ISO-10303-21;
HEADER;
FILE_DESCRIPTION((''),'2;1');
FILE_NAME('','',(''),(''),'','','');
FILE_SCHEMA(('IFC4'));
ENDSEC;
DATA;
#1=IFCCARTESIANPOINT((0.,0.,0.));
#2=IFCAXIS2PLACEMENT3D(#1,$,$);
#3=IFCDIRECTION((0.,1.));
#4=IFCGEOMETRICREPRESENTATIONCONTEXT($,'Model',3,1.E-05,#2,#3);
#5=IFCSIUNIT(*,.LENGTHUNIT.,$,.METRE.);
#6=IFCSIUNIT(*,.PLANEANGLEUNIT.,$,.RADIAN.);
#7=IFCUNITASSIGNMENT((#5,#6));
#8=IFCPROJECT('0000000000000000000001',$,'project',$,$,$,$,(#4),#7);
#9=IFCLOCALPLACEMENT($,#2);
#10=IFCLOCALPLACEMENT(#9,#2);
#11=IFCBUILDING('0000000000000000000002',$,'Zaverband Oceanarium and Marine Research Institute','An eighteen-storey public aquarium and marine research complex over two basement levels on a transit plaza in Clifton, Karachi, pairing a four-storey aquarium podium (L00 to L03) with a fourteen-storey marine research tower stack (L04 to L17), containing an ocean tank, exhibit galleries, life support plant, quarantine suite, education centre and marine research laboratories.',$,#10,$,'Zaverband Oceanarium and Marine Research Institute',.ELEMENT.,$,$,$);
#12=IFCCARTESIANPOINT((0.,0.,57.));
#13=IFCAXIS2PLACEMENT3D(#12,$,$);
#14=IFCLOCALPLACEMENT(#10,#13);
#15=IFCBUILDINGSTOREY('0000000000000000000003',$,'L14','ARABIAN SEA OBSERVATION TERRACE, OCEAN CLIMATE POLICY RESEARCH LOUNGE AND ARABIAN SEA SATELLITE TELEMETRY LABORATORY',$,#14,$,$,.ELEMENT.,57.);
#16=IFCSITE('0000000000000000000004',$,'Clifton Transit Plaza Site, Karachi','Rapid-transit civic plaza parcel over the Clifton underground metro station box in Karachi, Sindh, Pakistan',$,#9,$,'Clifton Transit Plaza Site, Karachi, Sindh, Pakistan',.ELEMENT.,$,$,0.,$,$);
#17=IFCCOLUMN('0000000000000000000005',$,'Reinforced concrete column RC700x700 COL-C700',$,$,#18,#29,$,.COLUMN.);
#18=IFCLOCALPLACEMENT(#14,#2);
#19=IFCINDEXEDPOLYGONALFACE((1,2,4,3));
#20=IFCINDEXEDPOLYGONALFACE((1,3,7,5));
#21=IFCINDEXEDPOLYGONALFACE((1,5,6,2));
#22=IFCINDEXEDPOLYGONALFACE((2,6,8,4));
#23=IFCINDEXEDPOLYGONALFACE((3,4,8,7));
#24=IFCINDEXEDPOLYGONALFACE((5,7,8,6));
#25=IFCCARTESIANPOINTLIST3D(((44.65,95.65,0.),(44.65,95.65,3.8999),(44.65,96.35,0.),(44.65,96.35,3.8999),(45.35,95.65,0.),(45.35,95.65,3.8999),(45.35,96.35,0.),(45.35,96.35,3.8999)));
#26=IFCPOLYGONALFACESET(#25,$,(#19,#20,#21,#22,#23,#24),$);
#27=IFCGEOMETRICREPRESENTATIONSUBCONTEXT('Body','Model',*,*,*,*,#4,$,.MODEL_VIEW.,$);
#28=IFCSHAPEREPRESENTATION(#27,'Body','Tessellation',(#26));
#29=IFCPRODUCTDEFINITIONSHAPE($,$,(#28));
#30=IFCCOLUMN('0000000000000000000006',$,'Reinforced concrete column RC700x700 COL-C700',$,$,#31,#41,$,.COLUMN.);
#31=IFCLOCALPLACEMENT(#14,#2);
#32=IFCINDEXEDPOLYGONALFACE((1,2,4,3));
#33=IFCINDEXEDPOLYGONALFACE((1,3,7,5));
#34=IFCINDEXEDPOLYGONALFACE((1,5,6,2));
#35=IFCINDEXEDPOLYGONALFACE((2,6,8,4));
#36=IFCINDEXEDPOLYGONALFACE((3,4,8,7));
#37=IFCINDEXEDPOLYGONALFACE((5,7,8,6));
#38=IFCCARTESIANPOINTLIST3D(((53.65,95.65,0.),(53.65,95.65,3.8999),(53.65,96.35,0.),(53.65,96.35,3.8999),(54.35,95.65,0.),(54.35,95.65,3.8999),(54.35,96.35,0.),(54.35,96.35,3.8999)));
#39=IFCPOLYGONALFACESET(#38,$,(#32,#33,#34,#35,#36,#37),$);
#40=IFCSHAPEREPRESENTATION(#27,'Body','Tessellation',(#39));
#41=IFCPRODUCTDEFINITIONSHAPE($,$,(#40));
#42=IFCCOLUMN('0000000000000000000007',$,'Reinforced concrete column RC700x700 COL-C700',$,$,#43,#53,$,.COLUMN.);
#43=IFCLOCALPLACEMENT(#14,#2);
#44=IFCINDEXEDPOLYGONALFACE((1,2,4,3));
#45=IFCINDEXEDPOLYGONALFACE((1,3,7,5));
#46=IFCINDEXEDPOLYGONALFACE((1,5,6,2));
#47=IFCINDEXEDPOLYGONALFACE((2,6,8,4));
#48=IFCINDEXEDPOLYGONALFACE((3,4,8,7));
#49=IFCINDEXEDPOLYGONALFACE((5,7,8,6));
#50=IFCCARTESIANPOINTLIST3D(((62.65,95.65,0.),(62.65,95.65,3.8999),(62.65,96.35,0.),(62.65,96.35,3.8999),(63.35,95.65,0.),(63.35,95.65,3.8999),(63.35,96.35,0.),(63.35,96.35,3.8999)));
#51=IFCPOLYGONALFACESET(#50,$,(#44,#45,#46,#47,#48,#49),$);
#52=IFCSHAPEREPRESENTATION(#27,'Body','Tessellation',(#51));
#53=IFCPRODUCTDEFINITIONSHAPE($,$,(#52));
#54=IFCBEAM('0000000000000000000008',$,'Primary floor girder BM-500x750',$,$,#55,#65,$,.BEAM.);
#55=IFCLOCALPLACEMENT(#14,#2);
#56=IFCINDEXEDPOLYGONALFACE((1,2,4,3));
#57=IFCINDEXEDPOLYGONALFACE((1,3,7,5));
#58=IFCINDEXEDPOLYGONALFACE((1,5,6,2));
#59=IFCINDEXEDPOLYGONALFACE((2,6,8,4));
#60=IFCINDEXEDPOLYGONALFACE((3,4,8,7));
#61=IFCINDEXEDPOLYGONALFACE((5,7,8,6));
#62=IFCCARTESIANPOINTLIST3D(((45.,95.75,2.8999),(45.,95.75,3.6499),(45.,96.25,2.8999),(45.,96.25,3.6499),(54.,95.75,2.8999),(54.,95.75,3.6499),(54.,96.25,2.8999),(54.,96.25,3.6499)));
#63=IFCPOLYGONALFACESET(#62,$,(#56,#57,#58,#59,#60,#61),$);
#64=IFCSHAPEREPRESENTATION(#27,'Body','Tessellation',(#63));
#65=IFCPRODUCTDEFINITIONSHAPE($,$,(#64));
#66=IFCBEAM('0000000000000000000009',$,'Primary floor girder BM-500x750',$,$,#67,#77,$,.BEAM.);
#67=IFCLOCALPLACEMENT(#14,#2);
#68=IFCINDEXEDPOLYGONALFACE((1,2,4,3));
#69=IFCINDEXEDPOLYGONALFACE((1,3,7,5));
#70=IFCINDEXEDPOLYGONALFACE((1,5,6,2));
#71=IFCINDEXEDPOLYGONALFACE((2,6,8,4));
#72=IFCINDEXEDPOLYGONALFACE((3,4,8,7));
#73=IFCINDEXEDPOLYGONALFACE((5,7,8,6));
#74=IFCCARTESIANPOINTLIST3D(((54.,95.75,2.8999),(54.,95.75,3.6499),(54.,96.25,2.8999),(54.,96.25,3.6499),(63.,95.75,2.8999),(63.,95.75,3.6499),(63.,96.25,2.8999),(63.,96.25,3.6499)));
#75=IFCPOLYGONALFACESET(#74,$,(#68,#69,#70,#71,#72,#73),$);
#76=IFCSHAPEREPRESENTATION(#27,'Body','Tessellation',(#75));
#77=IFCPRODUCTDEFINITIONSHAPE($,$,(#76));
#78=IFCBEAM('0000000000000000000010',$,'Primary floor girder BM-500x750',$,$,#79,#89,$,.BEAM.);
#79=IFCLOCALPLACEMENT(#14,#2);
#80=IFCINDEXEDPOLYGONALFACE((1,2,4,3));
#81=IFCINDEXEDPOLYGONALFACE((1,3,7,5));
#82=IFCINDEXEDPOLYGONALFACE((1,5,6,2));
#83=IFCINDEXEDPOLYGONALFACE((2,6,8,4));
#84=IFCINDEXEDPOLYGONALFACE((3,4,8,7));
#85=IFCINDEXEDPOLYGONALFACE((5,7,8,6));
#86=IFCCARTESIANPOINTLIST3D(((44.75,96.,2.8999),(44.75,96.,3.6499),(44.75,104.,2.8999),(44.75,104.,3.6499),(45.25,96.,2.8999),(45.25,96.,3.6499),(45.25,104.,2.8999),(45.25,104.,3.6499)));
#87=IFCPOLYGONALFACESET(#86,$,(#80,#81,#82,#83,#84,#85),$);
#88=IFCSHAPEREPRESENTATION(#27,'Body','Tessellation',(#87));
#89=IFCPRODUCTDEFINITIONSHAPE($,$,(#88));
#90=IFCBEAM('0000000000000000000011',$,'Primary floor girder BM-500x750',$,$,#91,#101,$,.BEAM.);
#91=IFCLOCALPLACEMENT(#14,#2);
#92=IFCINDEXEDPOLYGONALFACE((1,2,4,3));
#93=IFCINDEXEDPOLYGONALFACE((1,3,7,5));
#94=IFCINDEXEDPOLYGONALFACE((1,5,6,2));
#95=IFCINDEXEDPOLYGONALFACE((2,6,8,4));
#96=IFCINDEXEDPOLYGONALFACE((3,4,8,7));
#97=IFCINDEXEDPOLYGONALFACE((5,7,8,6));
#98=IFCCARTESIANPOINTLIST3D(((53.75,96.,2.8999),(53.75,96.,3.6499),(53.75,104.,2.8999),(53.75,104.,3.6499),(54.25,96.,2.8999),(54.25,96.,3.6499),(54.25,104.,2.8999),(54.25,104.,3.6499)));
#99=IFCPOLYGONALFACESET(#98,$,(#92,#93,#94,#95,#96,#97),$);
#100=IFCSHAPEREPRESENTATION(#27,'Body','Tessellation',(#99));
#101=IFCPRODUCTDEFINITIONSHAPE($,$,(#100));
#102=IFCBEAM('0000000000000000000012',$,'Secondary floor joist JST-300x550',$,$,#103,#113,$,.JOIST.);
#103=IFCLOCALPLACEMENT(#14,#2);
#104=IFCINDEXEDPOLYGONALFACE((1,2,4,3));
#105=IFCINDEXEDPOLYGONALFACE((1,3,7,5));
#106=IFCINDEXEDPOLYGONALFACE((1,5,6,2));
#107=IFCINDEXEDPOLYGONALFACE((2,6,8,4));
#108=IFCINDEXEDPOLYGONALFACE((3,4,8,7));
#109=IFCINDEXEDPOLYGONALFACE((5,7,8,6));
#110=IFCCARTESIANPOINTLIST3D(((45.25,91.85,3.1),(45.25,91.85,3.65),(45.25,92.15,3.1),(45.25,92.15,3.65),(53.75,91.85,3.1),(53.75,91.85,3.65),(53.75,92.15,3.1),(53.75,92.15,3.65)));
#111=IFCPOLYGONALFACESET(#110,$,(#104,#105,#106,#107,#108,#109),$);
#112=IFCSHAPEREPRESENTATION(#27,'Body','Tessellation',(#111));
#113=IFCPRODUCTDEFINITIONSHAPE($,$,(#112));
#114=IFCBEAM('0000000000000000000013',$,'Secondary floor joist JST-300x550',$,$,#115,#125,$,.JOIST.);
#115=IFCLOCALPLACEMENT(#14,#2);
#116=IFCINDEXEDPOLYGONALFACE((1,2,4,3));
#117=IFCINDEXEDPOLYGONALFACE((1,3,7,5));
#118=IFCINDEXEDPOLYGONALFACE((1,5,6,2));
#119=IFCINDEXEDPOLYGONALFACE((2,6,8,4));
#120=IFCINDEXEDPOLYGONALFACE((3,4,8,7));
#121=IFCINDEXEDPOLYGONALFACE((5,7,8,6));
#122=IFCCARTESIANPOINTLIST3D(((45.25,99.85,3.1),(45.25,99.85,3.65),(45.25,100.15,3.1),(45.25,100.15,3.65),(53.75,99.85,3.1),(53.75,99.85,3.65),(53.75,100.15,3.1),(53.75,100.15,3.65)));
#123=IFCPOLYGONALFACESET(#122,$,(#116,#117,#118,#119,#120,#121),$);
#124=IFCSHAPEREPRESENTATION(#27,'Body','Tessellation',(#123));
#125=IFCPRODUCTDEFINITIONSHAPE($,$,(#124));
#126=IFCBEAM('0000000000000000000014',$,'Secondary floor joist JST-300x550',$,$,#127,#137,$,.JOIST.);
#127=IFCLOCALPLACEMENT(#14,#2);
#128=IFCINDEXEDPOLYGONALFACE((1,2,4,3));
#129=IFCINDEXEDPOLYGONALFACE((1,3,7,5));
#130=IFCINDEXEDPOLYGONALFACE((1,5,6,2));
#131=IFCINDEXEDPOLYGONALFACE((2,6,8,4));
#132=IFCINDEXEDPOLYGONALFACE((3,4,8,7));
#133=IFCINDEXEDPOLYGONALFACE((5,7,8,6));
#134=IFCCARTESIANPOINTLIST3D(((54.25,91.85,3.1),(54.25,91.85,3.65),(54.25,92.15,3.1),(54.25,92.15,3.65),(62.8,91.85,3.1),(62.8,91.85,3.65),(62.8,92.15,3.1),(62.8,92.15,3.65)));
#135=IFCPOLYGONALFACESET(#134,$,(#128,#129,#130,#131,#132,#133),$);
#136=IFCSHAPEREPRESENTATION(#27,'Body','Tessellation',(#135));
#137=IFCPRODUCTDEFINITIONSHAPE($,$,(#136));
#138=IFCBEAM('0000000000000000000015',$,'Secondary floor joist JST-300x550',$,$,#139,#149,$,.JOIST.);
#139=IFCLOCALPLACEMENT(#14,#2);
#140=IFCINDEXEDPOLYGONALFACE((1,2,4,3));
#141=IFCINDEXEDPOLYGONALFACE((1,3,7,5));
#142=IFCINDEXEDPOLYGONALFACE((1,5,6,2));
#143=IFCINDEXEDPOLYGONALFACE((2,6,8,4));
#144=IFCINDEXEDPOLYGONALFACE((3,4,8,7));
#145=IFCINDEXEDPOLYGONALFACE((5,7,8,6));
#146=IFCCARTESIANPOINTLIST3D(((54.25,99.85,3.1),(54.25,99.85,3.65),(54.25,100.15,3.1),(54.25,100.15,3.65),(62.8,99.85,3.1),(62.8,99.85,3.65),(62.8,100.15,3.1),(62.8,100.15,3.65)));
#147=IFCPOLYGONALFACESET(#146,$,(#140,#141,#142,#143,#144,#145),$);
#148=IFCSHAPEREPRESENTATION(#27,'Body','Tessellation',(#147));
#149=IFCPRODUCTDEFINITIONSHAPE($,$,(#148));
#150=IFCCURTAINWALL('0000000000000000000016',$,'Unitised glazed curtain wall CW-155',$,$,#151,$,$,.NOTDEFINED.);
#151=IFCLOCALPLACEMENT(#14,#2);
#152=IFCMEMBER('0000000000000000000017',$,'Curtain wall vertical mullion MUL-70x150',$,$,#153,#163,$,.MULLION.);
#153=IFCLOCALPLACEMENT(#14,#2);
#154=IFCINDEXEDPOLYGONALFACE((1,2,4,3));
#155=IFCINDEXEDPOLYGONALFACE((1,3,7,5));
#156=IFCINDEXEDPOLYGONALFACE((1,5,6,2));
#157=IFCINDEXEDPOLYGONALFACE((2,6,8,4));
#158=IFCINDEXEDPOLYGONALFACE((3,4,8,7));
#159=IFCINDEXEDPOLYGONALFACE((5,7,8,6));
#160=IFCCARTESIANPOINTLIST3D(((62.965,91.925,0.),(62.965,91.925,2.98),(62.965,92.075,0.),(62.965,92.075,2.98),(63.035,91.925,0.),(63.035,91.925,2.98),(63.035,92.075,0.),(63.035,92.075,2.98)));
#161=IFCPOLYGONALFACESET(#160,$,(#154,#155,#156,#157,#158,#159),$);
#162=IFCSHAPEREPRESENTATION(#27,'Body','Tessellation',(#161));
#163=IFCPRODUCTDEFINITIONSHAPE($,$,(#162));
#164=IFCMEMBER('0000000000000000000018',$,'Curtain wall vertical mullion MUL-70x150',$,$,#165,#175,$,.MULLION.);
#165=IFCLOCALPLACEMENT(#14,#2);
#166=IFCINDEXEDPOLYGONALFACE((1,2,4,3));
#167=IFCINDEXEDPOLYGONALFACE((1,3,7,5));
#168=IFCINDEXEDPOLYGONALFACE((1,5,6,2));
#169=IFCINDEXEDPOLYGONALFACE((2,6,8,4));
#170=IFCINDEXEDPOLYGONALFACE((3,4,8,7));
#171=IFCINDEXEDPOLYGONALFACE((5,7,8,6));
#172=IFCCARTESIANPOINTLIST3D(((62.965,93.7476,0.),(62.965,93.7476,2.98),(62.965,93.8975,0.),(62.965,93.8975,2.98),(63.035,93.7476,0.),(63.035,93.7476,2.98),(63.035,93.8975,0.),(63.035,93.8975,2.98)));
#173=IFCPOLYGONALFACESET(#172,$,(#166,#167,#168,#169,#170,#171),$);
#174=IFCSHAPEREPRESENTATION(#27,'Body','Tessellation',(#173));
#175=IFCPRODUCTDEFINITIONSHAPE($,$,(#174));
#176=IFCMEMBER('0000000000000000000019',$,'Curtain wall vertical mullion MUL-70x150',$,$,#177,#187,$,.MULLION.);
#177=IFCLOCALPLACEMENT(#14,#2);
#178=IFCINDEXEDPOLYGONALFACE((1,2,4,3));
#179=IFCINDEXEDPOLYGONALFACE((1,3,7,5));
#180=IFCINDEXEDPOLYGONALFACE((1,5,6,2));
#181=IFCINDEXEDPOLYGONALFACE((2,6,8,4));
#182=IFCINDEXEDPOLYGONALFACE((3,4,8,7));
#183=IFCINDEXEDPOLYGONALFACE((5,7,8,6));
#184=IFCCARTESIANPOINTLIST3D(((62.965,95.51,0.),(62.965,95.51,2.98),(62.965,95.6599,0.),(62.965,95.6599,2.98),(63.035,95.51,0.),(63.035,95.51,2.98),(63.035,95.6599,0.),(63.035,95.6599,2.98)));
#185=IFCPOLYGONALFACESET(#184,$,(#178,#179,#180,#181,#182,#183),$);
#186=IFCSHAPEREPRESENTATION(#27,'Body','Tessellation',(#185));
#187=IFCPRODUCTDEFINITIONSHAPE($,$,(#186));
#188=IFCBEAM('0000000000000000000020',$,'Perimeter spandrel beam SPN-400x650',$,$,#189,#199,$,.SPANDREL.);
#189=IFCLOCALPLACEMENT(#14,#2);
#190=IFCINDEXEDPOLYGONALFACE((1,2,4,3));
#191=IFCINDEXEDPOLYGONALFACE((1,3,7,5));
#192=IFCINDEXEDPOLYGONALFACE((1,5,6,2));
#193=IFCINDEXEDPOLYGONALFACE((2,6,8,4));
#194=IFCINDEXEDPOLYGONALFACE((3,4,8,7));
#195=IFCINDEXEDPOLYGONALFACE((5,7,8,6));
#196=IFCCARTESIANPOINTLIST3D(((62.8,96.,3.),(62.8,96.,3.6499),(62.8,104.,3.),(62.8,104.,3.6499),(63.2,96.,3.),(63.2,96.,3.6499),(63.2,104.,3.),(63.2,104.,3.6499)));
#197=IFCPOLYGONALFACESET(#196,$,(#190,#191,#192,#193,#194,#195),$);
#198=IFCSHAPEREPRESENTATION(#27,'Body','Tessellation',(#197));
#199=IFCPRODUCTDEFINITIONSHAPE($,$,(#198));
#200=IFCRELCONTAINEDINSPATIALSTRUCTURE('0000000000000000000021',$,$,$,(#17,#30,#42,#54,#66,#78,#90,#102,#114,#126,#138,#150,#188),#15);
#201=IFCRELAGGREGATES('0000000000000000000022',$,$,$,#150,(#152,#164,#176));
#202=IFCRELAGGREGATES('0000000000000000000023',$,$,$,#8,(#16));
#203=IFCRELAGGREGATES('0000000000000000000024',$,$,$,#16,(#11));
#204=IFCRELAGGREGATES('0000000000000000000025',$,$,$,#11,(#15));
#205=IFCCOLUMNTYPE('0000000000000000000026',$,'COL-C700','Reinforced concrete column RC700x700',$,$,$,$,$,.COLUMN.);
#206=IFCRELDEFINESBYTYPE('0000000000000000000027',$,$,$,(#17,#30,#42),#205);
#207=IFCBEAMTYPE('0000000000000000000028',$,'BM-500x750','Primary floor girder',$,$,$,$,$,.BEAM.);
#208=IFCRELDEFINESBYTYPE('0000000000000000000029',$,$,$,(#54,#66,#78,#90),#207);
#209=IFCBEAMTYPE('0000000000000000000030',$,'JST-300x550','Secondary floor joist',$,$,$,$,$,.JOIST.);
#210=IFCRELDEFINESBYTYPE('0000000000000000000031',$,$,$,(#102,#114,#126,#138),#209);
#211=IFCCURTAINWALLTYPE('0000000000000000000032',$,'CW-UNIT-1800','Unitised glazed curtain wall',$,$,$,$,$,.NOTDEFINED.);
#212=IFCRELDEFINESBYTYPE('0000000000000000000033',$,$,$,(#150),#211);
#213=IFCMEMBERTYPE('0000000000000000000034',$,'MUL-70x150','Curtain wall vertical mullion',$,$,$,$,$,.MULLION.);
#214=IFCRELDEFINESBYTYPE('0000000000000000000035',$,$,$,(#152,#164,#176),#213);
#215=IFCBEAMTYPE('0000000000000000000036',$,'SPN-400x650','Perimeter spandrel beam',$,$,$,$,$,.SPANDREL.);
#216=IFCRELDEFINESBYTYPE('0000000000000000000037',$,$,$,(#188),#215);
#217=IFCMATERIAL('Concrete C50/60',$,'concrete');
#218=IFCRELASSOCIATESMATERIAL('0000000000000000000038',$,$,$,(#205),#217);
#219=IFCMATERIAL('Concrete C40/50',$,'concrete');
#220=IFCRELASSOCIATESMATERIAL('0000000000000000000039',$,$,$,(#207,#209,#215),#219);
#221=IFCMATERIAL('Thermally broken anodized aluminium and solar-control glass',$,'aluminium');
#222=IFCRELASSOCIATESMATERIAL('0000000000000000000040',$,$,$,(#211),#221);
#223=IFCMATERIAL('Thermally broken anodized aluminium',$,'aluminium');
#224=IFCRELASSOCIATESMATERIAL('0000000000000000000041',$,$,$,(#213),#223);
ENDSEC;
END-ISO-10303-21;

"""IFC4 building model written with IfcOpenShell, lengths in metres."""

from ifc_helpers import new_model, si_unit, direction, frame, origin, origin_2d, place, context, subcontext, project, spatial, rectangle, extrude, material, material_profile, profile_set, type_object, element, aggregate, save


model = new_model("IFC4")

# Units and contexts
model_context = context("Model", 3, precision=1e-05, world=origin(), true_north=direction((0.0, 1.0)))
body_context = subcontext(model_context, "Body", "Model", "MODEL_VIEW")
ifc_project = project(units=[si_unit("LENGTHUNIT", "METRE"), si_unit("PLANEANGLEUNIT", "RADIAN")], contexts=[model_context])

# Site, building, storey
site_placement = place(None, origin())
site = spatial("IfcSite", under=ifc_project, at=site_placement, Name="Clifton Transit Plaza Site, Karachi", Description="Rapid-transit civic plaza parcel over the Clifton underground metro station box in Karachi, Sindh, Pakistan", LongName="Clifton Transit Plaza Site, Karachi, Sindh, Pakistan", CompositionType="ELEMENT", RefElevation=0.0)
building_placement = place(site_placement, origin())
building = spatial("IfcBuilding", under=site, at=building_placement, Name="Zaverband Oceanarium and Marine Research Institute", Description="An eighteen-storey public aquarium and marine research complex over two basement levels on a transit plaza in Clifton, Karachi, pairing a four-storey aquarium podium (L00 to L03) with a fourteen-storey marine research tower stack (L04 to L17), containing an ocean tank, exhibit galleries, life support plant, quarantine suite, education centre and marine research laboratories.", LongName="Zaverband Oceanarium and Marine Research Institute", CompositionType="ELEMENT")
storey_placement = place(building_placement, frame((0.0, 0.0, 57.0)))
storey = spatial("IfcBuildingStorey", under=building, at=storey_placement, Name="L14", Description="ARABIAN SEA OBSERVATION TERRACE, OCEAN CLIMATE POLICY RESEARCH LOUNGE AND ARABIAN SEA SATELLITE TELEMETRY LABORATORY", CompositionType="ELEMENT", Elevation=57.0)

# Columns
ifc_material_1 = material(Name="Concrete C50/60", Category="concrete")
ifc_material_profile_1 = material_profile(ifc_material_1, rectangle(XDim=0.7, YDim=0.7, at=origin_2d()), Name="RC700x700")
ifc_profile_set_1 = profile_set([ifc_material_profile_1], Name="Concrete C50/60")
column_type = type_object("IfcColumnType", Name="COL-C700", Description="Reinforced concrete column RC700x700", PredefinedType="COLUMN", material=ifc_profile_set_1)
for number, where, z_axis, x_axis, name in (
    (1, (45.0, 96.0, 0.0), (0.0, 0.0, 1.0), (1.0, 0.0, 0.0), "Reinforced concrete column RC700x700 COL-C700"),
    (2, (54.0, 96.0, 0.0), (0.0, 0.0, 1.0), (1.0, 0.0, 0.0), "Reinforced concrete column RC700x700 COL-C700"),
    (3, (63.0, 96.0, 0.0), (0.0, 0.0, 1.0), (1.0, 0.0, 0.0), "Reinforced concrete column RC700x700 COL-C700"),
):
    element("IfcColumn", number, at=place(storey_placement, frame(where, z_axis=z_axis, x_axis=x_axis)), inside=storey, type_object=column_type, Name=name, PredefinedType="COLUMN", context=body_context, shape_type="SweptSolid", body=[
        extrude(rectangle(XDim=0.7, YDim=0.7, at=origin_2d()), origin(), (0.0, 0.0, 1.0), 3.8999),
    ])

# Beams
ifc_material_2 = material(Name="Concrete C40/50", Category="concrete")
ifc_material_profile_2 = material_profile(ifc_material_2, rectangle(XDim=0.5, YDim=0.75, at=origin_2d()), Name="RC500x750")
ifc_profile_set_2 = profile_set([ifc_material_profile_2], Name="Concrete C40/50")
beam_type_1 = type_object("IfcBeamType", Name="BM-500x750", Description="Primary floor girder", PredefinedType="BEAM", material=ifc_profile_set_2)
for number, where, z_axis, x_axis, name in (
    (4, (45.0, 96.0, 3.2749), (1.0, 0.0, 0.0), (0.0, 1.0, 0.0), "Primary floor girder BM-500x750"),
    (5, (54.0, 96.0, 3.2749), (1.0, 0.0, 0.0), (0.0, 1.0, 0.0), "Primary floor girder BM-500x750"),
):
    element("IfcBeam", number, at=place(storey_placement, frame(where, z_axis=z_axis, x_axis=x_axis)), inside=storey, type_object=beam_type_1, Name=name, PredefinedType="BEAM", context=body_context, shape_type="SweptSolid", body=[
        extrude(rectangle(XDim=0.5, YDim=0.75, at=origin_2d()), origin(), (0.0, 0.0, 1.0), 9.0),
    ])
for number, where, z_axis, x_axis, name in (
    (6, (45.0, 96.0, 3.2749), (0.0, 1.0, 0.0), (-1.0, 0.0, 0.0), "Primary floor girder BM-500x750"),
    (7, (54.0, 96.0, 3.2749), (0.0, 1.0, 0.0), (-1.0, 0.0, 0.0), "Primary floor girder BM-500x750"),
):
    element("IfcBeam", number, at=place(storey_placement, frame(where, z_axis=z_axis, x_axis=x_axis)), inside=storey, type_object=beam_type_1, Name=name, PredefinedType="BEAM", context=body_context, shape_type="SweptSolid", body=[
        extrude(rectangle(XDim=0.5, YDim=0.75, at=origin_2d()), origin(), (0.0, 0.0, 1.0), 8.0),
    ])
ifc_material_profile_3 = material_profile(ifc_material_2, rectangle(XDim=0.3, YDim=0.55, at=origin_2d()), Name="RC300x550")
ifc_profile_set_3 = profile_set([ifc_material_profile_3], Name="Concrete C40/50")
beam_type_2 = type_object("IfcBeamType", Name="JST-300x550", Description="Secondary floor joist", PredefinedType="JOIST", material=ifc_profile_set_3)
for number, where, z_axis, x_axis, name in (
    (8, (45.25, 92.0, 3.375), (1.0, 0.0, 0.0), (0.0, 1.0, 0.0), "Secondary floor joist JST-300x550"),
    (9, (45.25, 100.0, 3.375), (1.0, 0.0, 0.0), (0.0, 1.0, 0.0), "Secondary floor joist JST-300x550"),
):
    element("IfcBeam", number, at=place(storey_placement, frame(where, z_axis=z_axis, x_axis=x_axis)), inside=storey, type_object=beam_type_2, Name=name, PredefinedType="JOIST", context=body_context, shape_type="SweptSolid", body=[
        extrude(rectangle(XDim=0.3, YDim=0.55, at=origin_2d()), origin(), (0.0, 0.0, 1.0), 8.5),
    ])
for number, where, z_axis, x_axis, name in (
    (10, (54.25, 92.0, 3.375), (1.0, 0.0, 0.0), (0.0, 1.0, 0.0), "Secondary floor joist JST-300x550"),
    (11, (54.25, 100.0, 3.375), (1.0, 0.0, 0.0), (0.0, 1.0, 0.0), "Secondary floor joist JST-300x550"),
):
    element("IfcBeam", number, at=place(storey_placement, frame(where, z_axis=z_axis, x_axis=x_axis)), inside=storey, type_object=beam_type_2, Name=name, PredefinedType="JOIST", context=body_context, shape_type="SweptSolid", body=[
        extrude(rectangle(XDim=0.3, YDim=0.55, at=origin_2d()), origin(), (0.0, 0.0, 1.0), 8.55),
    ])

# Curtain wall, members
ifc_material_3 = material(Name="Thermally broken anodized aluminium and solar-control glass", Category="aluminium")
curtain_wall_type = type_object("IfcCurtainWallType", Name="CW-UNIT-1800", Description="Unitised glazed curtain wall", PredefinedType="NOTDEFINED", material=ifc_material_3)
curtain_wall_placement = place(storey_placement, origin())
curtain_wall = element("IfcCurtainWall", 12, at=curtain_wall_placement, inside=storey, type_object=curtain_wall_type, Name="Unitised glazed curtain wall CW-155", PredefinedType="NOTDEFINED")
ifc_material_4 = material(Name="Thermally broken anodized aluminium", Category="aluminium")
ifc_material_profile_4 = material_profile(ifc_material_4, rectangle(XDim=0.0701, YDim=0.1499, at=origin_2d()), Name="AL-MUL-70x150")
ifc_profile_set_4 = profile_set([ifc_material_profile_4], Name="Thermally broken anodized aluminium")
member_type = type_object("IfcMemberType", Name="MUL-70x150", Description="Curtain wall vertical mullion", PredefinedType="MULLION", material=ifc_profile_set_4)
member_1_placement = place(storey_placement, frame((63.0, 92.0, 0.0), z_axis=(0.0, 0.0, 1.0), x_axis=(1.0, 0.0, 0.0)))
member_1 = element("IfcMember", 13, at=member_1_placement, type_object=member_type, Name="Curtain wall vertical mullion MUL-70x150", PredefinedType="MULLION", context=body_context, shape_type="SweptSolid", body=[
    extrude(rectangle(XDim=0.0701, YDim=0.1499, at=origin_2d()), origin(), (0.0, 0.0, 1.0), 2.98),
])
member_2_placement = place(storey_placement, frame((63.0, 93.8225, 0.0), z_axis=(0.0, 0.0, 1.0), x_axis=(1.0, 0.0, 0.0)))
member_2 = element("IfcMember", 14, at=member_2_placement, type_object=member_type, Name="Curtain wall vertical mullion MUL-70x150", PredefinedType="MULLION", context=body_context, shape_type="SweptSolid", body=[
    extrude(rectangle(XDim=0.0701, YDim=0.1499, at=origin_2d()), origin(), (0.0, 0.0, 1.0), 2.98),
])
member_3_placement = place(storey_placement, frame((63.0, 95.585, 0.0), z_axis=(0.0, 0.0, 1.0), x_axis=(1.0, 0.0, 0.0)))
member_3 = element("IfcMember", 15, at=member_3_placement, type_object=member_type, Name="Curtain wall vertical mullion MUL-70x150", PredefinedType="MULLION", context=body_context, shape_type="SweptSolid", body=[
    extrude(rectangle(XDim=0.0701, YDim=0.1499, at=origin_2d()), origin(), (0.0, 0.0, 1.0), 2.98),
])

# Beam
ifc_material_profile_5 = material_profile(ifc_material_2, rectangle(XDim=0.3999, YDim=0.6499, at=origin_2d()), Name="RC400x650")
ifc_profile_set_5 = profile_set([ifc_material_profile_5], Name="Concrete C40/50")
beam_type_3 = type_object("IfcBeamType", Name="SPN-400x650", Description="Perimeter spandrel beam", PredefinedType="SPANDREL", material=ifc_profile_set_5)
beam_placement = place(storey_placement, frame((63.0, 96.0, 3.325), z_axis=(0.0, 1.0, 0.0), x_axis=(-1.0, 0.0, 0.0)))
element("IfcBeam", 16, at=beam_placement, inside=storey, type_object=beam_type_3, Name="Perimeter spandrel beam SPN-400x650", PredefinedType="SPANDREL", context=body_context, shape_type="SweptSolid", body=[
    extrude(rectangle(XDim=0.3999, YDim=0.6499, at=origin_2d()), origin(), (0.0, 0.0, 1.0), 8.0),
])

aggregate(curtain_wall, [member_1, member_2, member_3])

save(model, "model.ifc")
